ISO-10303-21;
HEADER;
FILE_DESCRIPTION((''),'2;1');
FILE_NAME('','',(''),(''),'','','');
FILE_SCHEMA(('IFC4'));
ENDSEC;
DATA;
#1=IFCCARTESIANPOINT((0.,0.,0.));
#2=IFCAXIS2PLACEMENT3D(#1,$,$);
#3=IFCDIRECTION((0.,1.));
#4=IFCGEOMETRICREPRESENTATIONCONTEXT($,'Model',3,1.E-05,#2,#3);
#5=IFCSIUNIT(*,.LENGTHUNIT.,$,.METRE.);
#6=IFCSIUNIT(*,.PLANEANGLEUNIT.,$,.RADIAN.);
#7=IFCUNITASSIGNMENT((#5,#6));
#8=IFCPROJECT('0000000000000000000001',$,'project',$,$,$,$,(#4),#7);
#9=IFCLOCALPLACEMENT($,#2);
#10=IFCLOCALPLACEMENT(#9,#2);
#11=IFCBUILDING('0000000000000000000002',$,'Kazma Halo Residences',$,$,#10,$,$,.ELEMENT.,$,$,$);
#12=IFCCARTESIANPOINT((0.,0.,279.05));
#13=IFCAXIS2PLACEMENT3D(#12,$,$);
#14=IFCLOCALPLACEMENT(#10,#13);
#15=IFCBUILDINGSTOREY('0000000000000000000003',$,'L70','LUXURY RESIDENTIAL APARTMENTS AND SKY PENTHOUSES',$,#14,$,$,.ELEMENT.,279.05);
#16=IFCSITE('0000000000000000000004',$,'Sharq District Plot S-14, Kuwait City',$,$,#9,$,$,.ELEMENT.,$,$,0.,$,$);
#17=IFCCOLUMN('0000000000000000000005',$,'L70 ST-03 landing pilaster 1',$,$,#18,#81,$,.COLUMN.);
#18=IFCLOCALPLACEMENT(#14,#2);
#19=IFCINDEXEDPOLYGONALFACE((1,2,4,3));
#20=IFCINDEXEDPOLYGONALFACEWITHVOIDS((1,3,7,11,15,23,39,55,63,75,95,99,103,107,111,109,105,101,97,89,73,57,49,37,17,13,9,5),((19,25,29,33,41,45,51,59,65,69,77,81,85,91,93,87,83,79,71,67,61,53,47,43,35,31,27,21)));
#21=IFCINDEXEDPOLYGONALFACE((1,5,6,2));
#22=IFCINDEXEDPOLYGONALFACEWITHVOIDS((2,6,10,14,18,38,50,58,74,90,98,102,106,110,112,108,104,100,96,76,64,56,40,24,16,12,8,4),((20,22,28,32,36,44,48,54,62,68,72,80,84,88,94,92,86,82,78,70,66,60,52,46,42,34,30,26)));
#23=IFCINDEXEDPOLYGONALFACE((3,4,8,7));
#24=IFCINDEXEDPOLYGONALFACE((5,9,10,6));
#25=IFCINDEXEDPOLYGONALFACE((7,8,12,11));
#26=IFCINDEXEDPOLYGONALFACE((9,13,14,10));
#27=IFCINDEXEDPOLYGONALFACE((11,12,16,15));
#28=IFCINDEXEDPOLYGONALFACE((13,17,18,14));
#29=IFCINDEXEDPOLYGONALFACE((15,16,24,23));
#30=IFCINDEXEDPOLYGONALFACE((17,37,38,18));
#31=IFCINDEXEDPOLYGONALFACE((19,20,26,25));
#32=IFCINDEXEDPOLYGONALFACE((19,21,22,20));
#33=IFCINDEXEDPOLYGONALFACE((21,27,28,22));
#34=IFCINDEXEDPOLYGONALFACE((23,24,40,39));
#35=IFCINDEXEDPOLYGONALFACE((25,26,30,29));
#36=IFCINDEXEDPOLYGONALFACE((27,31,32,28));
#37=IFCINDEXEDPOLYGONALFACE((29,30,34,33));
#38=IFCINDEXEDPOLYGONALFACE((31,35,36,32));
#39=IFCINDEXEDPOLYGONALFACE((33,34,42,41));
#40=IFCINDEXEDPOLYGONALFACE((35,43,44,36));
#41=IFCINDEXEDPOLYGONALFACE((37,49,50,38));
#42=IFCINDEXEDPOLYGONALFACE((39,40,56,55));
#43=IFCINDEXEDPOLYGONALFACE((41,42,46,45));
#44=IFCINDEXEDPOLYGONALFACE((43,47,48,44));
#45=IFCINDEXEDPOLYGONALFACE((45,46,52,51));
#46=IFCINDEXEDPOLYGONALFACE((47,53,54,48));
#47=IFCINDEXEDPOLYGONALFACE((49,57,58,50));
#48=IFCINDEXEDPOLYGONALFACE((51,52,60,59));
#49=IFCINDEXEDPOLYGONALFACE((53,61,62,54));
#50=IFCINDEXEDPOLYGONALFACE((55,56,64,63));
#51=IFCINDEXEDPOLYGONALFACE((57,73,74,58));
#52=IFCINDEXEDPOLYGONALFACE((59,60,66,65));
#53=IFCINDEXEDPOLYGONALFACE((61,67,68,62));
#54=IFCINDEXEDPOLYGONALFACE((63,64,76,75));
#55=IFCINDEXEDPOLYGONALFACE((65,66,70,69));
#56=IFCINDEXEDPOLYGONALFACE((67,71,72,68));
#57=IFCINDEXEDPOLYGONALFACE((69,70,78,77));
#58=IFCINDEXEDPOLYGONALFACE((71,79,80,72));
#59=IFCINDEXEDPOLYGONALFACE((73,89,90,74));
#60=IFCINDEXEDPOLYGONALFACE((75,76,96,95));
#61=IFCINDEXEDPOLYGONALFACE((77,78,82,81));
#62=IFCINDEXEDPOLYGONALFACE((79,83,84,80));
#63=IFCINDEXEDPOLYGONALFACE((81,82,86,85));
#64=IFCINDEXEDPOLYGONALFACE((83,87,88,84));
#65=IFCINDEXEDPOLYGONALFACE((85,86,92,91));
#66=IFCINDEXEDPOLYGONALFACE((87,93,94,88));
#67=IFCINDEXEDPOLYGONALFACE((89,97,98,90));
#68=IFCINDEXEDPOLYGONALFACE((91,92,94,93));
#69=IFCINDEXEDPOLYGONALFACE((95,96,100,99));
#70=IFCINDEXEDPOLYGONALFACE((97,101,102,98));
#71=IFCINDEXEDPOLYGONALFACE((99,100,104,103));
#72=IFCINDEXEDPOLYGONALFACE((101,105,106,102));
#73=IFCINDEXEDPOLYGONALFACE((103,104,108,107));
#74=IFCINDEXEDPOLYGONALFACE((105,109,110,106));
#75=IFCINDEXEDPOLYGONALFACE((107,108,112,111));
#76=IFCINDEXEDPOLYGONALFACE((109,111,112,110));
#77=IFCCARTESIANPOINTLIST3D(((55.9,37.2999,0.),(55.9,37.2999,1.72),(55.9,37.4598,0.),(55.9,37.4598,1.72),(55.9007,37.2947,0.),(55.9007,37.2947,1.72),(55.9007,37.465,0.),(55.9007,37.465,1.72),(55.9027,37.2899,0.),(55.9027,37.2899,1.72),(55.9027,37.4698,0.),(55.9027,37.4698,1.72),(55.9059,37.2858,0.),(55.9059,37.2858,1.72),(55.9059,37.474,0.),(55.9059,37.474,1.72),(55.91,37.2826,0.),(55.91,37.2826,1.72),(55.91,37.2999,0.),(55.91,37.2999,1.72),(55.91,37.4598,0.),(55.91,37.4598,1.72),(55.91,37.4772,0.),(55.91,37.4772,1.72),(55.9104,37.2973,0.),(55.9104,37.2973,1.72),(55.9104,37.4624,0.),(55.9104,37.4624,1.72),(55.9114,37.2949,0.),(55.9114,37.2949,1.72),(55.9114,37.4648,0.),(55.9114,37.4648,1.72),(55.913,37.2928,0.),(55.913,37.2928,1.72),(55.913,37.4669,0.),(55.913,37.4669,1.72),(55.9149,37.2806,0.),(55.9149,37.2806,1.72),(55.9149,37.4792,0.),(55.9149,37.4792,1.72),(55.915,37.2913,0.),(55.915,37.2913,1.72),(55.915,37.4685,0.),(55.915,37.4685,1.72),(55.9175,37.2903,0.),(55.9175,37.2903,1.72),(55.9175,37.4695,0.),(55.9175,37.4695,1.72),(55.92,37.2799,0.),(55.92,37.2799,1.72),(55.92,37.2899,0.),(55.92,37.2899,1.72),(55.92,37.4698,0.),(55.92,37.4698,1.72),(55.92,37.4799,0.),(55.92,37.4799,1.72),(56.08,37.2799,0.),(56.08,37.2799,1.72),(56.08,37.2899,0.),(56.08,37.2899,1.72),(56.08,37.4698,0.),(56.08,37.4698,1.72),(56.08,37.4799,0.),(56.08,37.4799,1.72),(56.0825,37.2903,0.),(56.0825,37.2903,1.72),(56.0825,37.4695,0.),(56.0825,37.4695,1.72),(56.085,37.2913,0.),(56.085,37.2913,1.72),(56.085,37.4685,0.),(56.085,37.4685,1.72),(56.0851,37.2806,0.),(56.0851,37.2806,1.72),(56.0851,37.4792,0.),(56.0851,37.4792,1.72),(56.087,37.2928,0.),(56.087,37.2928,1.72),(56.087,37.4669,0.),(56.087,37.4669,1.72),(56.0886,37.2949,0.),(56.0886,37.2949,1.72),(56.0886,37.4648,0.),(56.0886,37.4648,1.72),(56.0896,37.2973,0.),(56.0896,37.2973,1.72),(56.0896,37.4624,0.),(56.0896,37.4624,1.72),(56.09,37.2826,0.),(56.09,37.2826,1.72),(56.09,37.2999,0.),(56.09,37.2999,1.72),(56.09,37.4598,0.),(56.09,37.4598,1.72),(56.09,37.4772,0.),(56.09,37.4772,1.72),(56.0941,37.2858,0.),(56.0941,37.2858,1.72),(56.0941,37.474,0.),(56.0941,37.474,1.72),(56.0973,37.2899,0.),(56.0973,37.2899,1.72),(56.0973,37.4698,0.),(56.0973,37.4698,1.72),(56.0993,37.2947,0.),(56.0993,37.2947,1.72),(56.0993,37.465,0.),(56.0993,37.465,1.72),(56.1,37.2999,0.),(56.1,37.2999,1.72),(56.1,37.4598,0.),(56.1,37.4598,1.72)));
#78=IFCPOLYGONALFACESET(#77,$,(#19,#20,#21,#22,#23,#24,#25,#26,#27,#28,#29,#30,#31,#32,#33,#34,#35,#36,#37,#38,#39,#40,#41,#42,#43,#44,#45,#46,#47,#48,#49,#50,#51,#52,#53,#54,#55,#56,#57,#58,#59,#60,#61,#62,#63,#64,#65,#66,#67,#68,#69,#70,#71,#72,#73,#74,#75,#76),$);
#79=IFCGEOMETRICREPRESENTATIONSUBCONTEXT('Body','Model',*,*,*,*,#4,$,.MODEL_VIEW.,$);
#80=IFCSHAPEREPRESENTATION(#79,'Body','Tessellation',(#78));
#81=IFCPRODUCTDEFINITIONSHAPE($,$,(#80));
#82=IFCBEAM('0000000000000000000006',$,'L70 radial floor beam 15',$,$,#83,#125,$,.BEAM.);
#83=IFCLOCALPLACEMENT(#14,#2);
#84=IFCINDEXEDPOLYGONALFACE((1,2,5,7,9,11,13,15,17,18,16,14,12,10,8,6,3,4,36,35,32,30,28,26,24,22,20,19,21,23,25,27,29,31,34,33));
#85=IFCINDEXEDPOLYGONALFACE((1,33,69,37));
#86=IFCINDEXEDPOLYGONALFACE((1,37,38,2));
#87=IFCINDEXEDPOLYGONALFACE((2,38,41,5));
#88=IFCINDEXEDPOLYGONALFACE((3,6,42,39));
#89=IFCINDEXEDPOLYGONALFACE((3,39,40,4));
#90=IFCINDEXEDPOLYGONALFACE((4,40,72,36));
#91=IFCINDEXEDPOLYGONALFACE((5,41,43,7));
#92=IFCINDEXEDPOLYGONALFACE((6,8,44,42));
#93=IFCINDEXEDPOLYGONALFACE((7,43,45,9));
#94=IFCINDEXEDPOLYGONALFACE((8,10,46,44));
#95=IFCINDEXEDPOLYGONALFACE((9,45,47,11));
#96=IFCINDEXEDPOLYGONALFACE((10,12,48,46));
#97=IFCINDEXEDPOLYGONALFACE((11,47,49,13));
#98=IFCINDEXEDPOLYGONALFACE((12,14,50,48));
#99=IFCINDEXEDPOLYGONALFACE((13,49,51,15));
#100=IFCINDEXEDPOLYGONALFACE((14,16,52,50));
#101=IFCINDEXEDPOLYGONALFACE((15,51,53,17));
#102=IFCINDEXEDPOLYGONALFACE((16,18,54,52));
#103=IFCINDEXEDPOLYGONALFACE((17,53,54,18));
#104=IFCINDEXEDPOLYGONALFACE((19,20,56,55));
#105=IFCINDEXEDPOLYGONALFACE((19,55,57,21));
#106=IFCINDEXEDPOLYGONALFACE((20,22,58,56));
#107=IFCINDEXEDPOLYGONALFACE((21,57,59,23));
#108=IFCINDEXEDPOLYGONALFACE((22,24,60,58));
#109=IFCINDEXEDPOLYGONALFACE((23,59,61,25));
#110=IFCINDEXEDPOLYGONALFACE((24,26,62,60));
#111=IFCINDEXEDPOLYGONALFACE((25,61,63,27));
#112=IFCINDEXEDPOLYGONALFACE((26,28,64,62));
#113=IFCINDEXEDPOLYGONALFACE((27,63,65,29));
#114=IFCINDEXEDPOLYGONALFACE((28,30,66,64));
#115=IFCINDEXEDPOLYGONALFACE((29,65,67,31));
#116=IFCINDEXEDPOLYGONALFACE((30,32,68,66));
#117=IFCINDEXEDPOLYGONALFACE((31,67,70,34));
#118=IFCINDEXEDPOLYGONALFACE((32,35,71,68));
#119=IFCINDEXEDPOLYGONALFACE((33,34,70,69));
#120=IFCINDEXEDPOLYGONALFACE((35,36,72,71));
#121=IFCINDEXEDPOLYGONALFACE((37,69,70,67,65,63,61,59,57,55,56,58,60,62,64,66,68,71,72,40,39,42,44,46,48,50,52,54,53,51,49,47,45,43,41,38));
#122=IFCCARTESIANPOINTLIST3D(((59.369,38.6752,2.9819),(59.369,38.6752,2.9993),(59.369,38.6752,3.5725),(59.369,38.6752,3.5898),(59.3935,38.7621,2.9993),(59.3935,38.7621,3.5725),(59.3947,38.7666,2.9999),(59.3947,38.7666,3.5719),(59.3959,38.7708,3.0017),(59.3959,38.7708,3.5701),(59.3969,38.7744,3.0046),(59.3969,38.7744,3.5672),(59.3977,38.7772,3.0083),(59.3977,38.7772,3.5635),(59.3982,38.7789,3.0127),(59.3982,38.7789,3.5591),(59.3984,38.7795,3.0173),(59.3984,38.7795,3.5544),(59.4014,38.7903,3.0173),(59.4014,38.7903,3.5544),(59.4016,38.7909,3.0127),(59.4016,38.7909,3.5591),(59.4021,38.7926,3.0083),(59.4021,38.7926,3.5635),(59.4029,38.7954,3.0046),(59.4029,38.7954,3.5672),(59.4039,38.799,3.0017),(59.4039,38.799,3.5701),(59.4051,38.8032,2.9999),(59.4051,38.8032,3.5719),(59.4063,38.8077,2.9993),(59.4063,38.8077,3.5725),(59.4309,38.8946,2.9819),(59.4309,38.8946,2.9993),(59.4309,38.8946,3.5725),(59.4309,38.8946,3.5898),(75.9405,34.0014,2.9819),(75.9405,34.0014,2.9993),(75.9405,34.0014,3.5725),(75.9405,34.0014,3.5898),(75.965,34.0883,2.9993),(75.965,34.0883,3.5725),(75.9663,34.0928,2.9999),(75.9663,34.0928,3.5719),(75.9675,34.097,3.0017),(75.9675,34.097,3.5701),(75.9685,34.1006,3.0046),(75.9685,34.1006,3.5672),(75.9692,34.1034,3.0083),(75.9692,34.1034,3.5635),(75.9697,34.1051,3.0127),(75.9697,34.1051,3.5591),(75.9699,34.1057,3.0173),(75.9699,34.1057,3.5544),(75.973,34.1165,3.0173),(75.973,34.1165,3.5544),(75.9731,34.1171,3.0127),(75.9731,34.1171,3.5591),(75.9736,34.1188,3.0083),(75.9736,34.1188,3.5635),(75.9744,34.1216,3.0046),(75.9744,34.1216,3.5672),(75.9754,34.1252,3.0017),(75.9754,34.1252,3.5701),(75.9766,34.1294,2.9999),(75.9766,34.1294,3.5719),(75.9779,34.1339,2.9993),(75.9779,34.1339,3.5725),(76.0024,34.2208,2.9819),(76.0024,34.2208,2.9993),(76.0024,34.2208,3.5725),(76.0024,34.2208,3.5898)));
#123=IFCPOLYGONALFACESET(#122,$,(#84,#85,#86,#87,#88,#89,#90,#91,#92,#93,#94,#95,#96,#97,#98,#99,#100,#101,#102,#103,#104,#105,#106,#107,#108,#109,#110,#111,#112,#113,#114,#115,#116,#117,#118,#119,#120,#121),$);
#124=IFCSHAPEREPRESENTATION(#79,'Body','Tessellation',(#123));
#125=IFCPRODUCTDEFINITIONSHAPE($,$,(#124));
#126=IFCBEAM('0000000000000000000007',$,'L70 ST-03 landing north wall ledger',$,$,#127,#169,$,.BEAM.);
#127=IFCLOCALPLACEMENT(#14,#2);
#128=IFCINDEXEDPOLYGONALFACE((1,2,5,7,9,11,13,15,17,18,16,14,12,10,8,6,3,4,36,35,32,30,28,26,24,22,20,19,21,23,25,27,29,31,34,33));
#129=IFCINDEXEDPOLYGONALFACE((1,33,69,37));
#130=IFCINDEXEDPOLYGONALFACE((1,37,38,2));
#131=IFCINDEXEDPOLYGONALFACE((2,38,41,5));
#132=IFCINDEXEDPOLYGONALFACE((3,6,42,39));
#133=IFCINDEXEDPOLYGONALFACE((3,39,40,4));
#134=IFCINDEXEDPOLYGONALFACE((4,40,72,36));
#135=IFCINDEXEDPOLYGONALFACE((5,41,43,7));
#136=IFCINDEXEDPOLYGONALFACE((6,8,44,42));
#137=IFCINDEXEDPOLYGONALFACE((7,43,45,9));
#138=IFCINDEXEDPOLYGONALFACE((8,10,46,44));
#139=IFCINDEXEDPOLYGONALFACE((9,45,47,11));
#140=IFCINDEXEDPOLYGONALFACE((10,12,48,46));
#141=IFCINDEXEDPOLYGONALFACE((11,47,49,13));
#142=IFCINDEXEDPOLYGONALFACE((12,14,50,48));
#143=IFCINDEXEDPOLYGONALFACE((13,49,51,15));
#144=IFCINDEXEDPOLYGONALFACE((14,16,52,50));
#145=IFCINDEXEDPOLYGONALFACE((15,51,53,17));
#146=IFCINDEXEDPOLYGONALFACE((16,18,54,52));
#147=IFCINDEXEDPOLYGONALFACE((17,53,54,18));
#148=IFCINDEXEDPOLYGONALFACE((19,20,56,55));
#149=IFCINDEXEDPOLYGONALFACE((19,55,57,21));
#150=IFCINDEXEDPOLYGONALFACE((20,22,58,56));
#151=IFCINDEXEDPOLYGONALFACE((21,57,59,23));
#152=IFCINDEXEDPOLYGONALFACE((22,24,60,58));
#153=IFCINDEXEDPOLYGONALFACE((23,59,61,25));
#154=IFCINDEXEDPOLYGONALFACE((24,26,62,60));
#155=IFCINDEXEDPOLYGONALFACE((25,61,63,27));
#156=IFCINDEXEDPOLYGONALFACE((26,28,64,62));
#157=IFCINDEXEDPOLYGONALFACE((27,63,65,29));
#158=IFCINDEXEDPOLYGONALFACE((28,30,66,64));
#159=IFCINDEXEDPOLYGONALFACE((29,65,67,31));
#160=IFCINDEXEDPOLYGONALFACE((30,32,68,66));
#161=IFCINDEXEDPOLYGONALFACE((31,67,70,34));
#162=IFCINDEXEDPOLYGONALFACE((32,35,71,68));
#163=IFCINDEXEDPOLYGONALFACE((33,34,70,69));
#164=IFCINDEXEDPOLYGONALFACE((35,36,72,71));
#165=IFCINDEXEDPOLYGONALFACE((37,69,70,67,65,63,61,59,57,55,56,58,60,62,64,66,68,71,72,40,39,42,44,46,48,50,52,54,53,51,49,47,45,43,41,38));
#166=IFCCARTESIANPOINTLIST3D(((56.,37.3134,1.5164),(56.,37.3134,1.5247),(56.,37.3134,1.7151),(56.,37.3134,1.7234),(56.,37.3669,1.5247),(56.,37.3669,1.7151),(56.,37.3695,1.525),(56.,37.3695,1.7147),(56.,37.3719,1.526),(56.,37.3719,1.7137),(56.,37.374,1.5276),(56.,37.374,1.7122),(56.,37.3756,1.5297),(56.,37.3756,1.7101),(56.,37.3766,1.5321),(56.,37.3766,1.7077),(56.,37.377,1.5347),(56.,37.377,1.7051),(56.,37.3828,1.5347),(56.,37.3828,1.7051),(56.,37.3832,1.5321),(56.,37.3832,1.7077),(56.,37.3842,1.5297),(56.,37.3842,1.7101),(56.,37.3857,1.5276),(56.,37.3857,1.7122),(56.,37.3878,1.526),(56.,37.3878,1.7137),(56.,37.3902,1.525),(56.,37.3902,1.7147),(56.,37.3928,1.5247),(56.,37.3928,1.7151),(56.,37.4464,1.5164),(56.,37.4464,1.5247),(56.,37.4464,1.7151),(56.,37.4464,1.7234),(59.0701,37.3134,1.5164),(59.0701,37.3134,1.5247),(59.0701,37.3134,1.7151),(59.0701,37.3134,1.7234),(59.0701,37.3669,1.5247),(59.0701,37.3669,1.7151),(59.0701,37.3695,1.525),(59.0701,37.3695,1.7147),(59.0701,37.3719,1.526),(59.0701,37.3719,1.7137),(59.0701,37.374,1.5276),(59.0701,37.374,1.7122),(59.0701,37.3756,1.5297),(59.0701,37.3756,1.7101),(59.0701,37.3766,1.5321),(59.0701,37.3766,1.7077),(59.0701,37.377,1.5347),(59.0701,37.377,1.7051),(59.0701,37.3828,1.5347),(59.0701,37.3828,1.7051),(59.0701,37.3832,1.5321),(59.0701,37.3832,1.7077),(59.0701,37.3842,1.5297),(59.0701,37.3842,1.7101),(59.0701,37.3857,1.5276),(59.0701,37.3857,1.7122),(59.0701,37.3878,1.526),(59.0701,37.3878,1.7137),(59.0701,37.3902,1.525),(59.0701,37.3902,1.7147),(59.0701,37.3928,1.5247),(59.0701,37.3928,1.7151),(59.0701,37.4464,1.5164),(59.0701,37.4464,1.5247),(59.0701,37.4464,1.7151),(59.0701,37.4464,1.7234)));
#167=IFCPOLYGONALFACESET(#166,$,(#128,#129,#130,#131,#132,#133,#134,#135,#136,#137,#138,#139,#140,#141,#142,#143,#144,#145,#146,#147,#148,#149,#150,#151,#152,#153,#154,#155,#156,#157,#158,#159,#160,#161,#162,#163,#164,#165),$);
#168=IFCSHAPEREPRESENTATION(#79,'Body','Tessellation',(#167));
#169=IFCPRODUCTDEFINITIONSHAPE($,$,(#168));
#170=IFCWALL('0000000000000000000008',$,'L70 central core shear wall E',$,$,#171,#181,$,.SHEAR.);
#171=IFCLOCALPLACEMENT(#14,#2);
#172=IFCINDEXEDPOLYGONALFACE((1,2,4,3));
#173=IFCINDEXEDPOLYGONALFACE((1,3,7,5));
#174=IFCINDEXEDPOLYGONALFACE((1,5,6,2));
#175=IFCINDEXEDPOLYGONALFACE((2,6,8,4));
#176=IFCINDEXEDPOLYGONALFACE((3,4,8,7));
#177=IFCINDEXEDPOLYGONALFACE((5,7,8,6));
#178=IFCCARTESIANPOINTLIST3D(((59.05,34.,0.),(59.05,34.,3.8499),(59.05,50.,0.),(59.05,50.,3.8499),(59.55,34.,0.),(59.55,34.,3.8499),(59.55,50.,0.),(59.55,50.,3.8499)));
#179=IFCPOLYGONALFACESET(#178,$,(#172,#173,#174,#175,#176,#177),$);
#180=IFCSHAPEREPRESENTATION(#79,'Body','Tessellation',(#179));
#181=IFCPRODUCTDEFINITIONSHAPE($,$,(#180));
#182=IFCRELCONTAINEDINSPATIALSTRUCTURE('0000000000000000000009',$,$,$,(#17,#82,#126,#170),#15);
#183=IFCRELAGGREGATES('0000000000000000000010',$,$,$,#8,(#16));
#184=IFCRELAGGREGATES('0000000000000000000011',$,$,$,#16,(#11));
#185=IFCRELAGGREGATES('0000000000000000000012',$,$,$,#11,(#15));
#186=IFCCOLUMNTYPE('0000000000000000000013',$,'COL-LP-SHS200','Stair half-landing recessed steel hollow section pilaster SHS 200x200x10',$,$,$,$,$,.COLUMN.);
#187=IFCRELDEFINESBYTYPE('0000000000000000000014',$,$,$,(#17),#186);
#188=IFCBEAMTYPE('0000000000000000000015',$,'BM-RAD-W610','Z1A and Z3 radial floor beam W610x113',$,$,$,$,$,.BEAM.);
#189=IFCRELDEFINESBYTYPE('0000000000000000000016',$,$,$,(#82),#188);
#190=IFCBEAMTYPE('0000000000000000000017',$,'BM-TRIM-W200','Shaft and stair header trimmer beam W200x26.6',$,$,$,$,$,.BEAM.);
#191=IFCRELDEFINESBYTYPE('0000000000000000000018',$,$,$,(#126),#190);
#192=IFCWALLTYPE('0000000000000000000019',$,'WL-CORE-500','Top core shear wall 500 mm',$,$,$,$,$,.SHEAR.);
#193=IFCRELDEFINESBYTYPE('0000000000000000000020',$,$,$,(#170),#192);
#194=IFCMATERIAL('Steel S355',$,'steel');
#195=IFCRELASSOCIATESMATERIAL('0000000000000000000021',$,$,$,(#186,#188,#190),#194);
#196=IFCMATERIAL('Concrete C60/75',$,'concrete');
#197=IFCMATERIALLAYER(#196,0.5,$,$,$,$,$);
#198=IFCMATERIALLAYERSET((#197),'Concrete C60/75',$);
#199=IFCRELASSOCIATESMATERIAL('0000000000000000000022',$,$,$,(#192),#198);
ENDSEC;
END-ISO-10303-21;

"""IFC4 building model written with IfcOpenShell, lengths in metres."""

from ifc_helpers import new_model, si_unit, direction, frame, frame_2d, origin, origin_2d, place, context, subcontext, project, spatial, rectangle, hollow_rectangle, i_section, extrude, material, layer, layer_set, material_profile, profile_set, type_object, element, save


model = new_model("IFC4")

# Units and contexts
model_context = context("Model", 3, precision=1e-05, world=origin(), true_north=direction((0.0, 1.0)))
body_context = subcontext(model_context, "Body", "Model", "MODEL_VIEW")
ifc_project = project(units=[si_unit("LENGTHUNIT", "METRE"), si_unit("PLANEANGLEUNIT", "RADIAN")], contexts=[model_context])

# Site, building, storey
site_placement = place(None, origin())
site = spatial("IfcSite", under=ifc_project, at=site_placement, Name="Sharq District Plot S-14, Kuwait City", CompositionType="ELEMENT", RefElevation=0.0)
building_placement = place(site_placement, origin())
building = spatial("IfcBuilding", under=site, at=building_placement, Name="Kazma Halo Residences", CompositionType="ELEMENT")
storey_placement = place(building_placement, frame((0.0, 0.0, 279.05)))
storey = spatial("IfcBuildingStorey", under=building, at=storey_placement, Name="L70", Description="LUXURY RESIDENTIAL APARTMENTS AND SKY PENTHOUSES", CompositionType="ELEMENT", Elevation=279.05)

# Column
ifc_material_1 = material(Name="Steel S355", Category="steel")
ifc_material_profile_1 = material_profile(ifc_material_1, hollow_rectangle(XDim=0.2, YDim=0.2, WallThickness=0.01, InnerFilletRadius=0.01, OuterFilletRadius=0.02, at=origin_2d()), Name="SHS200x200x10")
ifc_profile_set_1 = profile_set([ifc_material_profile_1], Name="Steel S355")
column_type = type_object("IfcColumnType", Name="COL-LP-SHS200", Description="Stair half-landing recessed steel hollow section pilaster SHS 200x200x10", PredefinedType="COLUMN", material=ifc_profile_set_1)
column_placement = place(storey_placement, frame((56.0, 37.3799, 0.0), z_axis=(0.0, 0.0, 1.0), x_axis=(1.0, 0.0, 0.0)))
element("IfcColumn", 1, at=column_placement, inside=storey, type_object=column_type, Name="L70 ST-03 landing pilaster 1", PredefinedType="COLUMN", context=body_context, shape_type="SweptSolid", body=[
    extrude(hollow_rectangle(XDim=0.2, YDim=0.2, WallThickness=0.01, InnerFilletRadius=0.01, OuterFilletRadius=0.02, at=origin_2d()), origin(), (0.0, 0.0, 1.0), 1.72),
])

# Beams
ifc_material_profile_2 = material_profile(ifc_material_1, i_section(OverallWidth=0.228, OverallDepth=0.6079, WebThickness=0.0112, FlangeThickness=0.0173, FilletRadius=0.0181, at=origin_2d()), Name="W610x113")
ifc_profile_set_2 = profile_set([ifc_material_profile_2], Name="Steel S355")
beam_type_1 = type_object("IfcBeamType", Name="BM-RAD-W610", Description="Z1A and Z3 radial floor beam W610x113", PredefinedType="BEAM", material=ifc_profile_set_2)
beam_1_placement = place(storey_placement, frame((59.3999, 38.7849, 3.2859), z_axis=(0.962453, -0.27145, 0.0), x_axis=(0.27145, 0.962453, 0.0)))
element("IfcBeam", 2, at=beam_1_placement, inside=storey, type_object=beam_type_1, Name="L70 radial floor beam 15", PredefinedType="BEAM", context=body_context, shape_type="SweptSolid", body=[
    extrude(i_section(OverallWidth=0.228, OverallDepth=0.6079, WebThickness=0.0112, FlangeThickness=0.0173, FilletRadius=0.0181, at=origin_2d()), origin(), (0.0, 0.0, 1.0), 17.218),
])
ifc_material_profile_3 = material_profile(ifc_material_1, i_section(OverallWidth=0.1331, OverallDepth=0.207, WebThickness=0.0059, FlangeThickness=0.0083, FilletRadius=0.01, at=origin_2d()), Name="W200x26.6")
ifc_profile_set_3 = profile_set([ifc_material_profile_3], Name="Steel S355")
beam_type_2 = type_object("IfcBeamType", Name="BM-TRIM-W200", Description="Shaft and stair header trimmer beam W200x26.6", PredefinedType="BEAM", material=ifc_profile_set_3)
beam_2_placement = place(storey_placement, frame((56.0, 37.3799, 1.6199), z_axis=(1.0, 0.0, 0.0), x_axis=(0.0, 1.0, 0.0)))
element("IfcBeam", 3, at=beam_2_placement, inside=storey, type_object=beam_type_2, Name="L70 ST-03 landing north wall ledger", PredefinedType="BEAM", context=body_context, shape_type="SweptSolid", body=[
    extrude(i_section(OverallWidth=0.1331, OverallDepth=0.207, WebThickness=0.0059, FlangeThickness=0.0083, FilletRadius=0.01, at=origin_2d()), origin(), (0.0, 0.0, 1.0), 3.0701),
])

# Wall
ifc_material_2 = material(Name="Concrete C60/75", Category="concrete")
ifc_layer_1 = layer(ifc_material_2, 0.5)
ifc_layer_set_1 = layer_set([ifc_layer_1], Name="Concrete C60/75")
wall_type_1 = type_object("IfcWallType", Name="WL-CORE-500", Description="Top core shear wall 500 mm", PredefinedType="SHEAR", material=ifc_layer_set_1)
wall_1_placement = place(storey_placement, frame((59.3, 34.0, 0.0), z_axis=(0.0, 0.0, 1.0), x_axis=(0.0, 1.0, 0.0)))
element("IfcWall", 4, at=wall_1_placement, inside=storey, type_object=wall_type_1, Name="L70 central core shear wall E", PredefinedType="SHEAR", context=body_context, shape_type="SweptSolid", body=[
    extrude(rectangle(XDim=16.0, YDim=0.5, at=frame_2d((8.0, 0.0))), origin(), (0.0, 0.0, 1.0), 3.8499),
])

save(model, "model.ifc")
